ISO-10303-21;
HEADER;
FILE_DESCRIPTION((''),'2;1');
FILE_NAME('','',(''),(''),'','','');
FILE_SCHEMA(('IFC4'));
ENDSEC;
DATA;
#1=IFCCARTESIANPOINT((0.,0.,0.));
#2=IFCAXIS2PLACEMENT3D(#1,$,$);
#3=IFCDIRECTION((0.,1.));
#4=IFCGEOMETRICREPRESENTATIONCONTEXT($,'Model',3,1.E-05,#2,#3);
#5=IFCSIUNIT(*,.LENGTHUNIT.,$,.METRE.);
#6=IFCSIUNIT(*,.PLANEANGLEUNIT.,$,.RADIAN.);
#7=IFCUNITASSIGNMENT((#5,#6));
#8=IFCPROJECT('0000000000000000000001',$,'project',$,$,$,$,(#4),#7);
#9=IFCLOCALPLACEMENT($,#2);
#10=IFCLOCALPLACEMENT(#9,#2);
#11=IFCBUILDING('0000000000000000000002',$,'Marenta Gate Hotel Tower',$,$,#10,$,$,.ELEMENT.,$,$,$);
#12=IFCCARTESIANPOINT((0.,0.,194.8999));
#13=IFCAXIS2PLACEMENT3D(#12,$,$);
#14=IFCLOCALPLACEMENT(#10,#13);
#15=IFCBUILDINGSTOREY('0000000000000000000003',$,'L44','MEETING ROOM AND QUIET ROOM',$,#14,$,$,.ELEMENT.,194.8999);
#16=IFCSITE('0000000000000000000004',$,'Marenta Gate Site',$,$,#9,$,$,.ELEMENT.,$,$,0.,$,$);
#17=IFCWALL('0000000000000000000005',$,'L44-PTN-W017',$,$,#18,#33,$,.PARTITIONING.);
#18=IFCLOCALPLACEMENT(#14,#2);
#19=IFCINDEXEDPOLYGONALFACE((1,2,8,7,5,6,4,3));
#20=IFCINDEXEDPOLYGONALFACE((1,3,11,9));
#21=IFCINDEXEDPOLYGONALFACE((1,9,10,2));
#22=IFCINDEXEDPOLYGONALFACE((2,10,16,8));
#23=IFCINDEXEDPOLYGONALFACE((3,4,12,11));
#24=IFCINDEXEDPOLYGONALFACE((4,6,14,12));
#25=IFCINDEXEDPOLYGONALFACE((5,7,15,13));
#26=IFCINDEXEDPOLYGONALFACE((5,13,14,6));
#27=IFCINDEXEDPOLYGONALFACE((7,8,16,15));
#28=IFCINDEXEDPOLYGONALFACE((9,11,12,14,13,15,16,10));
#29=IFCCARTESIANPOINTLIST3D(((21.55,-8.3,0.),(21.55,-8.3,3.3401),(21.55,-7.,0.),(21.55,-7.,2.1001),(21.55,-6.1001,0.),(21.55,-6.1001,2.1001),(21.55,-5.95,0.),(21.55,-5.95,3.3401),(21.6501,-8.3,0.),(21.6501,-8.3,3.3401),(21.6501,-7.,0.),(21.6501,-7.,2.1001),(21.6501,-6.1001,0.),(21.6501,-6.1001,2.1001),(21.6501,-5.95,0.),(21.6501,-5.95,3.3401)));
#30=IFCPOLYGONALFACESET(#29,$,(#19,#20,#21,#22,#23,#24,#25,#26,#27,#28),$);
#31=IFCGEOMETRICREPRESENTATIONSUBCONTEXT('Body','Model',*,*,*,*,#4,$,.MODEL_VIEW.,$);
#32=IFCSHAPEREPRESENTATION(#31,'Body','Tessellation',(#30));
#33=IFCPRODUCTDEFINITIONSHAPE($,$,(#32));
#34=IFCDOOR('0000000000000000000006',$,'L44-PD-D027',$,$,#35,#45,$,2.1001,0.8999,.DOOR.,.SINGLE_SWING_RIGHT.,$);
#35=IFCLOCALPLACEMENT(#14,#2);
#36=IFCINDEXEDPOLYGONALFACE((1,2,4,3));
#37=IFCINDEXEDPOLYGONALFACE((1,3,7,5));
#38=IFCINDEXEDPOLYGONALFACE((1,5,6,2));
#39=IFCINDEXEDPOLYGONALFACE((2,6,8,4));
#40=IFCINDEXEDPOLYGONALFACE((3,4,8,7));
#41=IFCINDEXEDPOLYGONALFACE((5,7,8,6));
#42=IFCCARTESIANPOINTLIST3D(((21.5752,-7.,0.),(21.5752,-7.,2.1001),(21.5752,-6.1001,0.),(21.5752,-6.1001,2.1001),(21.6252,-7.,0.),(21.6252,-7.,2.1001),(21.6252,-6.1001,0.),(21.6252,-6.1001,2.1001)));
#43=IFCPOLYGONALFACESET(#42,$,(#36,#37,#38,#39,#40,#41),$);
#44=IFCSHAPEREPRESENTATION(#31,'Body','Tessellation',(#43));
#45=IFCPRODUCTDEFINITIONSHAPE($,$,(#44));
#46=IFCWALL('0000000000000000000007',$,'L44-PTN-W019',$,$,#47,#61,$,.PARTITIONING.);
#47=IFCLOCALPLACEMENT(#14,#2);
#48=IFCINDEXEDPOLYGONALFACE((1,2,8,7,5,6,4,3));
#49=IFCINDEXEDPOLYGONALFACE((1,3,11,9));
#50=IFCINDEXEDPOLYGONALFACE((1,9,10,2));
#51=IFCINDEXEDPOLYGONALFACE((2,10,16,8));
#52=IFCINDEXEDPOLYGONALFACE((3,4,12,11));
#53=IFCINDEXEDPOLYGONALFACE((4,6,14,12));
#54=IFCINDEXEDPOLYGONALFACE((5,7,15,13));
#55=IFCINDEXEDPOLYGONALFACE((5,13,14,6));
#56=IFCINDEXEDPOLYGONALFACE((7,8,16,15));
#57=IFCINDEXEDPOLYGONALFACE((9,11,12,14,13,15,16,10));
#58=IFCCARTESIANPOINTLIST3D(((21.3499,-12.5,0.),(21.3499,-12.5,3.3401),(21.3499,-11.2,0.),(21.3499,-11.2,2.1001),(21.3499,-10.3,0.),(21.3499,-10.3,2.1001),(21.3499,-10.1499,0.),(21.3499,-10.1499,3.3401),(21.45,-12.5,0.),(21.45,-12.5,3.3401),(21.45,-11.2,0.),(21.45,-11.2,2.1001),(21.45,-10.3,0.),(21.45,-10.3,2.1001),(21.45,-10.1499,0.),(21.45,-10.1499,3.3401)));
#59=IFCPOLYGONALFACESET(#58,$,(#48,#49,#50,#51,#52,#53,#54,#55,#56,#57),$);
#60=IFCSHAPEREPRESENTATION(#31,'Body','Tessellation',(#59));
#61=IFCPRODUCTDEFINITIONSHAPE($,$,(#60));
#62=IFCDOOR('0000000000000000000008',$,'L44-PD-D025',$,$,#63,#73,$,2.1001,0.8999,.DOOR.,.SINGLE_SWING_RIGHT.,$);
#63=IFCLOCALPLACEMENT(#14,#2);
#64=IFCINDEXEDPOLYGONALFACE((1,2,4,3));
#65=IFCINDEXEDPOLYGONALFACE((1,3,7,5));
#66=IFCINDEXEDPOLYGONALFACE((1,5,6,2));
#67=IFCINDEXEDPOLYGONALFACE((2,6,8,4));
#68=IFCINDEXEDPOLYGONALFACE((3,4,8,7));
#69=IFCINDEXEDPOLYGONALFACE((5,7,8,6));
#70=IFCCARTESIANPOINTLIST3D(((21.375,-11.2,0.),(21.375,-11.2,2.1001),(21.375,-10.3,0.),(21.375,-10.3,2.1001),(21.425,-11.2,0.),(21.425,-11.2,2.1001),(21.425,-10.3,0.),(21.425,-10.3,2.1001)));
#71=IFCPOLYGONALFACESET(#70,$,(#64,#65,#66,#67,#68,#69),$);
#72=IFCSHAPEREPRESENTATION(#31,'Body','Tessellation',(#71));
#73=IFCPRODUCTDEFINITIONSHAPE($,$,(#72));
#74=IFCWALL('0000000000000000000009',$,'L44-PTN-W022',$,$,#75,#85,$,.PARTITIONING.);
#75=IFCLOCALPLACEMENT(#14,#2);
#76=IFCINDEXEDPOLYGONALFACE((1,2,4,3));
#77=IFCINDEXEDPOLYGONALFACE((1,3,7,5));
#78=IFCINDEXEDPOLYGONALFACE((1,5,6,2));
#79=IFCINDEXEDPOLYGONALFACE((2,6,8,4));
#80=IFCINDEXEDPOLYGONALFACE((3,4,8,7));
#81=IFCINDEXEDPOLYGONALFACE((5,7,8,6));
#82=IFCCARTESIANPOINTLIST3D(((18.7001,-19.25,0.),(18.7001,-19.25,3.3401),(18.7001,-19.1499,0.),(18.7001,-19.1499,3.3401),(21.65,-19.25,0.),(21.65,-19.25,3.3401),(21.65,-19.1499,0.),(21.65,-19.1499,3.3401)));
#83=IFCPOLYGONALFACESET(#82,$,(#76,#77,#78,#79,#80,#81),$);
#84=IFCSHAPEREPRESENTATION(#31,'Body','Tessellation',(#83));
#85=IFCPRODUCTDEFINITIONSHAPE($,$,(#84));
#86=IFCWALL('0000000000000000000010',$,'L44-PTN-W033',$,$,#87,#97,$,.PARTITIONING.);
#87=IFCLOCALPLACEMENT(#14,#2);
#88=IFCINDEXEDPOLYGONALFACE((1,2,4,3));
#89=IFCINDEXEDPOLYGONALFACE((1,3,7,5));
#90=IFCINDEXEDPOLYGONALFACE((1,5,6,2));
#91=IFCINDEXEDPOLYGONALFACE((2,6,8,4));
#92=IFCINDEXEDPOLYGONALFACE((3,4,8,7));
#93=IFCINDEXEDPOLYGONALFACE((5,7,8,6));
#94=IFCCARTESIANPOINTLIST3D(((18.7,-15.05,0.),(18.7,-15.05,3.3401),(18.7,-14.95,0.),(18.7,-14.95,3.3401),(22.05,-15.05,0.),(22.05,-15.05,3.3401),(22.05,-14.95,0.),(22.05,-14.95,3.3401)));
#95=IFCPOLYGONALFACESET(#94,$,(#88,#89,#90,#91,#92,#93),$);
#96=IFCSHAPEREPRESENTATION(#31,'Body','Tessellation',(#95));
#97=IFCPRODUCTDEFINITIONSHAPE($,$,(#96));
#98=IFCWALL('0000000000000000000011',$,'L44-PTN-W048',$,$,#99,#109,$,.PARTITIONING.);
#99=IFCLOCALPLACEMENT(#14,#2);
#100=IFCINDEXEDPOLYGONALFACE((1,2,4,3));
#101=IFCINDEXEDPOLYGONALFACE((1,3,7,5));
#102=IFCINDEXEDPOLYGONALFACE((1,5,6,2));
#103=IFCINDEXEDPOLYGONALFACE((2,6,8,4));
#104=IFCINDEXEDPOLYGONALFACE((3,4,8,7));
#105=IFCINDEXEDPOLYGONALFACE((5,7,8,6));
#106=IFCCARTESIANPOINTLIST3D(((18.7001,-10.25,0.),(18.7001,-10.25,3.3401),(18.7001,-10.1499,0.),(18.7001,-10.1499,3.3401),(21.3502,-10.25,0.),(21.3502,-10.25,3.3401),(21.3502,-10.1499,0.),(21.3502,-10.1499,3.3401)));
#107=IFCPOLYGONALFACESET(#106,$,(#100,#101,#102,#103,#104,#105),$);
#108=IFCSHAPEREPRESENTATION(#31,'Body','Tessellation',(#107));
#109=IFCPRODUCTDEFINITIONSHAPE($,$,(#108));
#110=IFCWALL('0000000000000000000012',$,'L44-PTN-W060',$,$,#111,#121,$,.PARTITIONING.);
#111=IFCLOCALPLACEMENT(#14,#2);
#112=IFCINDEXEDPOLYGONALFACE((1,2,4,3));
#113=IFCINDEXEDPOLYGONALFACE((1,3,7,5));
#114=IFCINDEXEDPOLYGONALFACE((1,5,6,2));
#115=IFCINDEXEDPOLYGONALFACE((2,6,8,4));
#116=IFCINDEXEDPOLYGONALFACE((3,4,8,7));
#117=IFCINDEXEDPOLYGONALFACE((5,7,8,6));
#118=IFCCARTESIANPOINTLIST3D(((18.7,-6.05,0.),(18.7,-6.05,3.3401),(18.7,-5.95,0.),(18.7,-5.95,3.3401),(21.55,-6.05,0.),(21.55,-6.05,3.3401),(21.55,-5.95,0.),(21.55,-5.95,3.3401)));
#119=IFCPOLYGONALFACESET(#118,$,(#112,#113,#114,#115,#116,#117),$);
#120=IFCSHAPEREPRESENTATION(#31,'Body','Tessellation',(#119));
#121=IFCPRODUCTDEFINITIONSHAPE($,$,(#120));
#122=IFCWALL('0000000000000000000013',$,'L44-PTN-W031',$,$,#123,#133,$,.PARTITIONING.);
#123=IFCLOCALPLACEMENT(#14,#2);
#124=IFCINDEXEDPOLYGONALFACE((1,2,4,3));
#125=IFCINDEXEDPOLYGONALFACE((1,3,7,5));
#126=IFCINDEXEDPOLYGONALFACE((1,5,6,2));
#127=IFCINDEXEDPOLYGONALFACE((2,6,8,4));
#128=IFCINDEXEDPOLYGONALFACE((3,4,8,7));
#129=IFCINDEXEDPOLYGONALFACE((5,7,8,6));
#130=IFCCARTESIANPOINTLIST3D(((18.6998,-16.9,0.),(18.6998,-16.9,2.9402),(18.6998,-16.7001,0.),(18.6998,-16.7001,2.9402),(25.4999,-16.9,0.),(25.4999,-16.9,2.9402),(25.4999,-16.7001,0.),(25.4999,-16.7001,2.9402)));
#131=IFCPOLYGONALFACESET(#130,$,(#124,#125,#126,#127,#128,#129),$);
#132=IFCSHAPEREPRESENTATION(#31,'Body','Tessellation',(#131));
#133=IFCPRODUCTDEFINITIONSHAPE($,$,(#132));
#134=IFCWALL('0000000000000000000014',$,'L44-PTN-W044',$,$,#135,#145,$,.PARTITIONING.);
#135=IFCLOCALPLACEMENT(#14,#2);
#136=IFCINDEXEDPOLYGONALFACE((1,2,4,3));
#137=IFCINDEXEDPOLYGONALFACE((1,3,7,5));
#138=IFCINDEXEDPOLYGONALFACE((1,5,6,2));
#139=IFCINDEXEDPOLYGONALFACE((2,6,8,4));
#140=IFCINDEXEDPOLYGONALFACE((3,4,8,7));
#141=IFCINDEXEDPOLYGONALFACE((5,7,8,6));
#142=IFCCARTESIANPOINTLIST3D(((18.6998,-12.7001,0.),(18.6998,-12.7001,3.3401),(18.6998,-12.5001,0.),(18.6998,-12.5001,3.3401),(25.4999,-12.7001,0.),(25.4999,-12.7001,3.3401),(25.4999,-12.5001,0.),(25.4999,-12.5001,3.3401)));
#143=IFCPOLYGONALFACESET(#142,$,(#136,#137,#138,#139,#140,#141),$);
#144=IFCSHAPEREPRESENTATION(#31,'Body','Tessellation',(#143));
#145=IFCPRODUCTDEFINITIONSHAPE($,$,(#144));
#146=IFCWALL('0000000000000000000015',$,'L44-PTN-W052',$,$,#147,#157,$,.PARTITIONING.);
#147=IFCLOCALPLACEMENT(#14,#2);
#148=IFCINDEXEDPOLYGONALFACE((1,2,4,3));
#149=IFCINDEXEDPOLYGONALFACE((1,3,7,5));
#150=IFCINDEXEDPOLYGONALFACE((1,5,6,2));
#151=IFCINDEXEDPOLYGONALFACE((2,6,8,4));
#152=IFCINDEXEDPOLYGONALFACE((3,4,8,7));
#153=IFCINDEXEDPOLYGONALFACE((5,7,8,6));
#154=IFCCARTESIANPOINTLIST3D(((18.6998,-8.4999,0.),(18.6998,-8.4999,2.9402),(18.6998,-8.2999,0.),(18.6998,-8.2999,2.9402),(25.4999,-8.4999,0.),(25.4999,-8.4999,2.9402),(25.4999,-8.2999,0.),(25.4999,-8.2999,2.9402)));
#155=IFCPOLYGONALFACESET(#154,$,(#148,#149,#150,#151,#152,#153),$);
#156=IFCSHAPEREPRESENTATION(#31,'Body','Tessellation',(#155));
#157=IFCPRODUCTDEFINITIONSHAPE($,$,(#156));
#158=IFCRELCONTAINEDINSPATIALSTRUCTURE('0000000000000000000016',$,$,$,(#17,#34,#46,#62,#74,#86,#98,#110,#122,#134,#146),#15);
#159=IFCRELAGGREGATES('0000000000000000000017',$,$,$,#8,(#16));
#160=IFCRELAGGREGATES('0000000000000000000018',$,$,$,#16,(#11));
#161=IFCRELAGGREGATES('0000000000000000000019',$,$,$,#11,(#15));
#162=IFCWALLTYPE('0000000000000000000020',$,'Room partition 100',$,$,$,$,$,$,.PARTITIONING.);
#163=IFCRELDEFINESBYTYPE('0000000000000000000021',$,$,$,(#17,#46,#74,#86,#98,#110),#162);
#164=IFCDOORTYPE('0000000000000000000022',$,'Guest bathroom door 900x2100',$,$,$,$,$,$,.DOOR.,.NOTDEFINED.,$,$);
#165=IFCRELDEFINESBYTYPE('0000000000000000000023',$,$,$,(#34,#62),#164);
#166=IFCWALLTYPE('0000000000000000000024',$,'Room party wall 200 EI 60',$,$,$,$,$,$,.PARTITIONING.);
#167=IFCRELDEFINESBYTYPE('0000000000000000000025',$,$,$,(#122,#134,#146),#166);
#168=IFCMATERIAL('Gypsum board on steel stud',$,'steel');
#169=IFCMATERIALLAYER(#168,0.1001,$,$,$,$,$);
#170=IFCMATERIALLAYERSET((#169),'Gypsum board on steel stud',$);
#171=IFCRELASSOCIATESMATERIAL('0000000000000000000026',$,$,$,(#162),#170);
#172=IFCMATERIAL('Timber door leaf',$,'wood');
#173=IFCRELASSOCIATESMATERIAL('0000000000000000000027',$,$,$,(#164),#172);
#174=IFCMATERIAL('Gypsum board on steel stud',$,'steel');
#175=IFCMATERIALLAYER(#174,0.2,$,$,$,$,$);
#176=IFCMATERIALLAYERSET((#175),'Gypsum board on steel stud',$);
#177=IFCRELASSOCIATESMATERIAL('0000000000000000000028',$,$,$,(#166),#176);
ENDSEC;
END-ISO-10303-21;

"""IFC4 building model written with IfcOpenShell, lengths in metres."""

from ifc_helpers import new_model, si_unit, direction, frame, frame_2d, origin, place, context, subcontext, project, spatial, rectangle, extrude, material, layer, layer_set, type_object, element, fill, save


model = new_model("IFC4")

# Units and contexts
model_context = context("Model", 3, precision=1e-05, world=origin(), true_north=direction((0.0, 1.0)))
body_context = subcontext(model_context, "Body", "Model", "MODEL_VIEW")
ifc_project = project(units=[si_unit("LENGTHUNIT", "METRE"), si_unit("PLANEANGLEUNIT", "RADIAN")], contexts=[model_context])

# Site, building, storey
site_placement = place(None, origin())
site = spatial("IfcSite", under=ifc_project, at=site_placement, Name="Marenta Gate Site", CompositionType="ELEMENT", RefElevation=0.0)
building_placement = place(site_placement, origin())
building = spatial("IfcBuilding", under=site, at=building_placement, Name="Marenta Gate Hotel Tower", CompositionType="ELEMENT")
storey_placement = place(building_placement, frame((0.0, 0.0, 194.8999)))
storey = spatial("IfcBuildingStorey", under=building, at=storey_placement, Name="L44", Description="MEETING ROOM AND QUIET ROOM", CompositionType="ELEMENT", Elevation=194.8999)

# Walls, openings, doors
ifc_material_1 = material(Name="Gypsum board on steel stud", Category="steel")
ifc_layer_1 = layer(ifc_material_1, 0.1001)
ifc_layer_set_1 = layer_set([ifc_layer_1], Name="Gypsum board on steel stud")
wall_type_1 = type_object("IfcWallType", Name="Room partition 100", PredefinedType="PARTITIONING", material=ifc_layer_set_1)
ifc_material_2 = material(Name="Timber door leaf", Category="wood")
door_type = type_object("IfcDoorType", Name="Guest bathroom door 900x2100", OperationType="NOTDEFINED", PredefinedType="DOOR", material=ifc_material_2)
wall_1_placement = place(storey_placement, frame((21.6001, -8.3, 0.0), z_axis=(0.0, 0.0, 1.0), x_axis=(0.0, 1.0, 0.0)))
wall_1 = element("IfcWall", 1, at=wall_1_placement, inside=storey, type_object=wall_type_1, Name="L44-PTN-W017", PredefinedType="PARTITIONING", context=body_context, shape_type="SweptSolid", body=[
    extrude(rectangle(XDim=2.3501, YDim=0.1001, at=frame_2d((1.175, 0.0))), origin(), (0.0, 0.0, 1.0), 3.3401),
])
opening_1_placement = place(wall_1_placement, frame((1.3, 0.0, 0.0)))
opening_1 = element("IfcOpeningElement", 2, at=opening_1_placement, cuts=wall_1, PredefinedType="OPENING", context=body_context, shape_type="SweptSolid", body=[
    extrude(rectangle(XDim=0.8999, YDim=2.1001, at=frame_2d((0.45, 1.05))), frame((0.0, 0.05, 0.0), z_axis=(0.0, -1.0, 0.0), x_axis=(1.0, 0.0, 0.0)), (0.0, 0.0, 1.0), 0.1001),
])
door_1_placement = place(opening_1_placement, origin())
door_1 = element("IfcDoor", 3, at=door_1_placement, inside=storey, type_object=door_type, Name="L44-PD-D027", OperationType="SINGLE_SWING_RIGHT", OverallHeight=2.1001, OverallWidth=0.8999, PredefinedType="DOOR", context=body_context, shape_type="SweptSolid", body=[
    extrude(rectangle(XDim=0.8999, YDim=2.1001, at=frame_2d((0.45, 1.05))), frame((0.0, 0.0249, 0.0), z_axis=(0.0, -1.0, 0.0), x_axis=(1.0, 0.0, 0.0)), (0.0, 0.0, 1.0), 0.05),
])
fill(opening_1, door_1)
wall_2_placement = place(storey_placement, frame((21.3999, -12.5, 0.0), z_axis=(0.0, 0.0, 1.0), x_axis=(0.0, 1.0, 0.0)))
wall_2 = element("IfcWall", 4, at=wall_2_placement, inside=storey, type_object=wall_type_1, Name="L44-PTN-W019", PredefinedType="PARTITIONING", context=body_context, shape_type="SweptSolid", body=[
    extrude(rectangle(XDim=2.3501, YDim=0.1001, at=frame_2d((1.175, 0.0))), origin(), (0.0, 0.0, 1.0), 3.3401),
])
opening_2_placement = place(wall_2_placement, frame((1.3, 0.0, 0.0)))
opening_2 = element("IfcOpeningElement", 5, at=opening_2_placement, cuts=wall_2, PredefinedType="OPENING", context=body_context, shape_type="SweptSolid", body=[
    extrude(rectangle(XDim=0.8999, YDim=2.1001, at=frame_2d((0.45, 1.05))), frame((0.0, 0.05, 0.0), z_axis=(0.0, -1.0, 0.0), x_axis=(1.0, 0.0, 0.0)), (0.0, 0.0, 1.0), 0.1001),
])
door_2_placement = place(opening_2_placement, origin())
door_2 = element("IfcDoor", 6, at=door_2_placement, inside=storey, type_object=door_type, Name="L44-PD-D025", OperationType="SINGLE_SWING_RIGHT", OverallHeight=2.1001, OverallWidth=0.8999, PredefinedType="DOOR", context=body_context, shape_type="SweptSolid", body=[
    extrude(rectangle(XDim=0.8999, YDim=2.1001, at=frame_2d((0.45, 1.05))), frame((0.0, 0.0249, 0.0), z_axis=(0.0, -1.0, 0.0), x_axis=(1.0, 0.0, 0.0)), (0.0, 0.0, 1.0), 0.05),
])
fill(opening_2, door_2)

# Walls
wall_3_placement = place(storey_placement, frame((18.7, -19.2, 0.0), z_axis=(0.0, 0.0, 1.0), x_axis=(1.0, 0.0, 0.0)))
element("IfcWall", 7, at=wall_3_placement, inside=storey, type_object=wall_type_1, Name="L44-PTN-W022", PredefinedType="PARTITIONING", context=body_context, shape_type="SweptSolid", body=[
    extrude(rectangle(XDim=2.95, YDim=0.1001, at=frame_2d((1.4751, 0.0))), origin(), (0.0, 0.0, 1.0), 3.3401),
])
wall_4_placement = place(storey_placement, frame((18.7, -15.0, 0.0), z_axis=(0.0, 0.0, 1.0), x_axis=(1.0, 0.0, 0.0)))
element("IfcWall", 8, at=wall_4_placement, inside=storey, type_object=wall_type_1, Name="L44-PTN-W033", PredefinedType="PARTITIONING", context=body_context, shape_type="SweptSolid", body=[
    extrude(rectangle(XDim=3.3501, YDim=0.1001, at=frame_2d((1.675, 0.0))), origin(), (0.0, 0.0, 1.0), 3.3401),
])
wall_5_placement = place(storey_placement, frame((18.7, -10.2, 0.0), z_axis=(0.0, 0.0, 1.0), x_axis=(1.0, 0.0, 0.0)))
element("IfcWall", 9, at=wall_5_placement, inside=storey, type_object=wall_type_1, Name="L44-PTN-W048", PredefinedType="PARTITIONING", context=body_context, shape_type="SweptSolid", body=[
    extrude(rectangle(XDim=2.6501, YDim=0.1001, at=frame_2d((1.3252, 0.0))), origin(), (0.0, 0.0, 1.0), 3.3401),
])
wall_6_placement = place(storey_placement, frame((18.7, -6.0, 0.0), z_axis=(0.0, 0.0, 1.0), x_axis=(1.0, 0.0, 0.0)))
element("IfcWall", 10, at=wall_6_placement, inside=storey, type_object=wall_type_1, Name="L44-PTN-W060", PredefinedType="PARTITIONING", context=body_context, shape_type="SweptSolid", body=[
    extrude(rectangle(XDim=2.8501, YDim=0.1001, at=frame_2d((1.425, 0.0))), origin(), (0.0, 0.0, 1.0), 3.3401),
])
ifc_material_3 = material(Name="Gypsum board on steel stud", Category="steel")
ifc_layer_2 = layer(ifc_material_3, 0.2)
ifc_layer_set_2 = layer_set([ifc_layer_2], Name="Gypsum board on steel stud")
wall_type_2 = type_object("IfcWallType", Name="Room party wall 200 EI 60", PredefinedType="PARTITIONING", material=ifc_layer_set_2)
wall_7_placement = place(storey_placement, frame((18.7, -16.8, 0.0), z_axis=(0.0, 0.0, 1.0), x_axis=(1.0, 0.0, 0.0)))
element("IfcWall", 11, at=wall_7_placement, inside=storey, type_object=wall_type_2, Name="L44-PTN-W031", PredefinedType="PARTITIONING", context=body_context, shape_type="SweptSolid", body=[
    extrude(rectangle(XDim=6.8, YDim=0.2, at=frame_2d((3.3999, 0.0))), origin(), (0.0, 0.0, 1.0), 2.9402),
])
wall_8_placement = place(storey_placement, frame((18.7, -12.6001, 0.0), z_axis=(0.0, 0.0, 1.0), x_axis=(1.0, 0.0, 0.0)))
element("IfcWall", 12, at=wall_8_placement, inside=storey, type_object=wall_type_2, Name="L44-PTN-W044", PredefinedType="PARTITIONING", context=body_context, shape_type="SweptSolid", body=[
    extrude(rectangle(XDim=6.8, YDim=0.2, at=frame_2d((3.3999, 0.0))), origin(), (0.0, 0.0, 1.0), 3.3401),
])
wall_9_placement = place(storey_placement, frame((18.7, -8.3999, 0.0), z_axis=(0.0, 0.0, 1.0), x_axis=(1.0, 0.0, 0.0)))
element("IfcWall", 13, at=wall_9_placement, inside=storey, type_object=wall_type_2, Name="L44-PTN-W052", PredefinedType="PARTITIONING", context=body_context, shape_type="SweptSolid", body=[
    extrude(rectangle(XDim=6.8, YDim=0.2, at=frame_2d((3.3999, 0.0))), origin(), (0.0, 0.0, 1.0), 2.9402),
])

save(model, "model.ifc")
